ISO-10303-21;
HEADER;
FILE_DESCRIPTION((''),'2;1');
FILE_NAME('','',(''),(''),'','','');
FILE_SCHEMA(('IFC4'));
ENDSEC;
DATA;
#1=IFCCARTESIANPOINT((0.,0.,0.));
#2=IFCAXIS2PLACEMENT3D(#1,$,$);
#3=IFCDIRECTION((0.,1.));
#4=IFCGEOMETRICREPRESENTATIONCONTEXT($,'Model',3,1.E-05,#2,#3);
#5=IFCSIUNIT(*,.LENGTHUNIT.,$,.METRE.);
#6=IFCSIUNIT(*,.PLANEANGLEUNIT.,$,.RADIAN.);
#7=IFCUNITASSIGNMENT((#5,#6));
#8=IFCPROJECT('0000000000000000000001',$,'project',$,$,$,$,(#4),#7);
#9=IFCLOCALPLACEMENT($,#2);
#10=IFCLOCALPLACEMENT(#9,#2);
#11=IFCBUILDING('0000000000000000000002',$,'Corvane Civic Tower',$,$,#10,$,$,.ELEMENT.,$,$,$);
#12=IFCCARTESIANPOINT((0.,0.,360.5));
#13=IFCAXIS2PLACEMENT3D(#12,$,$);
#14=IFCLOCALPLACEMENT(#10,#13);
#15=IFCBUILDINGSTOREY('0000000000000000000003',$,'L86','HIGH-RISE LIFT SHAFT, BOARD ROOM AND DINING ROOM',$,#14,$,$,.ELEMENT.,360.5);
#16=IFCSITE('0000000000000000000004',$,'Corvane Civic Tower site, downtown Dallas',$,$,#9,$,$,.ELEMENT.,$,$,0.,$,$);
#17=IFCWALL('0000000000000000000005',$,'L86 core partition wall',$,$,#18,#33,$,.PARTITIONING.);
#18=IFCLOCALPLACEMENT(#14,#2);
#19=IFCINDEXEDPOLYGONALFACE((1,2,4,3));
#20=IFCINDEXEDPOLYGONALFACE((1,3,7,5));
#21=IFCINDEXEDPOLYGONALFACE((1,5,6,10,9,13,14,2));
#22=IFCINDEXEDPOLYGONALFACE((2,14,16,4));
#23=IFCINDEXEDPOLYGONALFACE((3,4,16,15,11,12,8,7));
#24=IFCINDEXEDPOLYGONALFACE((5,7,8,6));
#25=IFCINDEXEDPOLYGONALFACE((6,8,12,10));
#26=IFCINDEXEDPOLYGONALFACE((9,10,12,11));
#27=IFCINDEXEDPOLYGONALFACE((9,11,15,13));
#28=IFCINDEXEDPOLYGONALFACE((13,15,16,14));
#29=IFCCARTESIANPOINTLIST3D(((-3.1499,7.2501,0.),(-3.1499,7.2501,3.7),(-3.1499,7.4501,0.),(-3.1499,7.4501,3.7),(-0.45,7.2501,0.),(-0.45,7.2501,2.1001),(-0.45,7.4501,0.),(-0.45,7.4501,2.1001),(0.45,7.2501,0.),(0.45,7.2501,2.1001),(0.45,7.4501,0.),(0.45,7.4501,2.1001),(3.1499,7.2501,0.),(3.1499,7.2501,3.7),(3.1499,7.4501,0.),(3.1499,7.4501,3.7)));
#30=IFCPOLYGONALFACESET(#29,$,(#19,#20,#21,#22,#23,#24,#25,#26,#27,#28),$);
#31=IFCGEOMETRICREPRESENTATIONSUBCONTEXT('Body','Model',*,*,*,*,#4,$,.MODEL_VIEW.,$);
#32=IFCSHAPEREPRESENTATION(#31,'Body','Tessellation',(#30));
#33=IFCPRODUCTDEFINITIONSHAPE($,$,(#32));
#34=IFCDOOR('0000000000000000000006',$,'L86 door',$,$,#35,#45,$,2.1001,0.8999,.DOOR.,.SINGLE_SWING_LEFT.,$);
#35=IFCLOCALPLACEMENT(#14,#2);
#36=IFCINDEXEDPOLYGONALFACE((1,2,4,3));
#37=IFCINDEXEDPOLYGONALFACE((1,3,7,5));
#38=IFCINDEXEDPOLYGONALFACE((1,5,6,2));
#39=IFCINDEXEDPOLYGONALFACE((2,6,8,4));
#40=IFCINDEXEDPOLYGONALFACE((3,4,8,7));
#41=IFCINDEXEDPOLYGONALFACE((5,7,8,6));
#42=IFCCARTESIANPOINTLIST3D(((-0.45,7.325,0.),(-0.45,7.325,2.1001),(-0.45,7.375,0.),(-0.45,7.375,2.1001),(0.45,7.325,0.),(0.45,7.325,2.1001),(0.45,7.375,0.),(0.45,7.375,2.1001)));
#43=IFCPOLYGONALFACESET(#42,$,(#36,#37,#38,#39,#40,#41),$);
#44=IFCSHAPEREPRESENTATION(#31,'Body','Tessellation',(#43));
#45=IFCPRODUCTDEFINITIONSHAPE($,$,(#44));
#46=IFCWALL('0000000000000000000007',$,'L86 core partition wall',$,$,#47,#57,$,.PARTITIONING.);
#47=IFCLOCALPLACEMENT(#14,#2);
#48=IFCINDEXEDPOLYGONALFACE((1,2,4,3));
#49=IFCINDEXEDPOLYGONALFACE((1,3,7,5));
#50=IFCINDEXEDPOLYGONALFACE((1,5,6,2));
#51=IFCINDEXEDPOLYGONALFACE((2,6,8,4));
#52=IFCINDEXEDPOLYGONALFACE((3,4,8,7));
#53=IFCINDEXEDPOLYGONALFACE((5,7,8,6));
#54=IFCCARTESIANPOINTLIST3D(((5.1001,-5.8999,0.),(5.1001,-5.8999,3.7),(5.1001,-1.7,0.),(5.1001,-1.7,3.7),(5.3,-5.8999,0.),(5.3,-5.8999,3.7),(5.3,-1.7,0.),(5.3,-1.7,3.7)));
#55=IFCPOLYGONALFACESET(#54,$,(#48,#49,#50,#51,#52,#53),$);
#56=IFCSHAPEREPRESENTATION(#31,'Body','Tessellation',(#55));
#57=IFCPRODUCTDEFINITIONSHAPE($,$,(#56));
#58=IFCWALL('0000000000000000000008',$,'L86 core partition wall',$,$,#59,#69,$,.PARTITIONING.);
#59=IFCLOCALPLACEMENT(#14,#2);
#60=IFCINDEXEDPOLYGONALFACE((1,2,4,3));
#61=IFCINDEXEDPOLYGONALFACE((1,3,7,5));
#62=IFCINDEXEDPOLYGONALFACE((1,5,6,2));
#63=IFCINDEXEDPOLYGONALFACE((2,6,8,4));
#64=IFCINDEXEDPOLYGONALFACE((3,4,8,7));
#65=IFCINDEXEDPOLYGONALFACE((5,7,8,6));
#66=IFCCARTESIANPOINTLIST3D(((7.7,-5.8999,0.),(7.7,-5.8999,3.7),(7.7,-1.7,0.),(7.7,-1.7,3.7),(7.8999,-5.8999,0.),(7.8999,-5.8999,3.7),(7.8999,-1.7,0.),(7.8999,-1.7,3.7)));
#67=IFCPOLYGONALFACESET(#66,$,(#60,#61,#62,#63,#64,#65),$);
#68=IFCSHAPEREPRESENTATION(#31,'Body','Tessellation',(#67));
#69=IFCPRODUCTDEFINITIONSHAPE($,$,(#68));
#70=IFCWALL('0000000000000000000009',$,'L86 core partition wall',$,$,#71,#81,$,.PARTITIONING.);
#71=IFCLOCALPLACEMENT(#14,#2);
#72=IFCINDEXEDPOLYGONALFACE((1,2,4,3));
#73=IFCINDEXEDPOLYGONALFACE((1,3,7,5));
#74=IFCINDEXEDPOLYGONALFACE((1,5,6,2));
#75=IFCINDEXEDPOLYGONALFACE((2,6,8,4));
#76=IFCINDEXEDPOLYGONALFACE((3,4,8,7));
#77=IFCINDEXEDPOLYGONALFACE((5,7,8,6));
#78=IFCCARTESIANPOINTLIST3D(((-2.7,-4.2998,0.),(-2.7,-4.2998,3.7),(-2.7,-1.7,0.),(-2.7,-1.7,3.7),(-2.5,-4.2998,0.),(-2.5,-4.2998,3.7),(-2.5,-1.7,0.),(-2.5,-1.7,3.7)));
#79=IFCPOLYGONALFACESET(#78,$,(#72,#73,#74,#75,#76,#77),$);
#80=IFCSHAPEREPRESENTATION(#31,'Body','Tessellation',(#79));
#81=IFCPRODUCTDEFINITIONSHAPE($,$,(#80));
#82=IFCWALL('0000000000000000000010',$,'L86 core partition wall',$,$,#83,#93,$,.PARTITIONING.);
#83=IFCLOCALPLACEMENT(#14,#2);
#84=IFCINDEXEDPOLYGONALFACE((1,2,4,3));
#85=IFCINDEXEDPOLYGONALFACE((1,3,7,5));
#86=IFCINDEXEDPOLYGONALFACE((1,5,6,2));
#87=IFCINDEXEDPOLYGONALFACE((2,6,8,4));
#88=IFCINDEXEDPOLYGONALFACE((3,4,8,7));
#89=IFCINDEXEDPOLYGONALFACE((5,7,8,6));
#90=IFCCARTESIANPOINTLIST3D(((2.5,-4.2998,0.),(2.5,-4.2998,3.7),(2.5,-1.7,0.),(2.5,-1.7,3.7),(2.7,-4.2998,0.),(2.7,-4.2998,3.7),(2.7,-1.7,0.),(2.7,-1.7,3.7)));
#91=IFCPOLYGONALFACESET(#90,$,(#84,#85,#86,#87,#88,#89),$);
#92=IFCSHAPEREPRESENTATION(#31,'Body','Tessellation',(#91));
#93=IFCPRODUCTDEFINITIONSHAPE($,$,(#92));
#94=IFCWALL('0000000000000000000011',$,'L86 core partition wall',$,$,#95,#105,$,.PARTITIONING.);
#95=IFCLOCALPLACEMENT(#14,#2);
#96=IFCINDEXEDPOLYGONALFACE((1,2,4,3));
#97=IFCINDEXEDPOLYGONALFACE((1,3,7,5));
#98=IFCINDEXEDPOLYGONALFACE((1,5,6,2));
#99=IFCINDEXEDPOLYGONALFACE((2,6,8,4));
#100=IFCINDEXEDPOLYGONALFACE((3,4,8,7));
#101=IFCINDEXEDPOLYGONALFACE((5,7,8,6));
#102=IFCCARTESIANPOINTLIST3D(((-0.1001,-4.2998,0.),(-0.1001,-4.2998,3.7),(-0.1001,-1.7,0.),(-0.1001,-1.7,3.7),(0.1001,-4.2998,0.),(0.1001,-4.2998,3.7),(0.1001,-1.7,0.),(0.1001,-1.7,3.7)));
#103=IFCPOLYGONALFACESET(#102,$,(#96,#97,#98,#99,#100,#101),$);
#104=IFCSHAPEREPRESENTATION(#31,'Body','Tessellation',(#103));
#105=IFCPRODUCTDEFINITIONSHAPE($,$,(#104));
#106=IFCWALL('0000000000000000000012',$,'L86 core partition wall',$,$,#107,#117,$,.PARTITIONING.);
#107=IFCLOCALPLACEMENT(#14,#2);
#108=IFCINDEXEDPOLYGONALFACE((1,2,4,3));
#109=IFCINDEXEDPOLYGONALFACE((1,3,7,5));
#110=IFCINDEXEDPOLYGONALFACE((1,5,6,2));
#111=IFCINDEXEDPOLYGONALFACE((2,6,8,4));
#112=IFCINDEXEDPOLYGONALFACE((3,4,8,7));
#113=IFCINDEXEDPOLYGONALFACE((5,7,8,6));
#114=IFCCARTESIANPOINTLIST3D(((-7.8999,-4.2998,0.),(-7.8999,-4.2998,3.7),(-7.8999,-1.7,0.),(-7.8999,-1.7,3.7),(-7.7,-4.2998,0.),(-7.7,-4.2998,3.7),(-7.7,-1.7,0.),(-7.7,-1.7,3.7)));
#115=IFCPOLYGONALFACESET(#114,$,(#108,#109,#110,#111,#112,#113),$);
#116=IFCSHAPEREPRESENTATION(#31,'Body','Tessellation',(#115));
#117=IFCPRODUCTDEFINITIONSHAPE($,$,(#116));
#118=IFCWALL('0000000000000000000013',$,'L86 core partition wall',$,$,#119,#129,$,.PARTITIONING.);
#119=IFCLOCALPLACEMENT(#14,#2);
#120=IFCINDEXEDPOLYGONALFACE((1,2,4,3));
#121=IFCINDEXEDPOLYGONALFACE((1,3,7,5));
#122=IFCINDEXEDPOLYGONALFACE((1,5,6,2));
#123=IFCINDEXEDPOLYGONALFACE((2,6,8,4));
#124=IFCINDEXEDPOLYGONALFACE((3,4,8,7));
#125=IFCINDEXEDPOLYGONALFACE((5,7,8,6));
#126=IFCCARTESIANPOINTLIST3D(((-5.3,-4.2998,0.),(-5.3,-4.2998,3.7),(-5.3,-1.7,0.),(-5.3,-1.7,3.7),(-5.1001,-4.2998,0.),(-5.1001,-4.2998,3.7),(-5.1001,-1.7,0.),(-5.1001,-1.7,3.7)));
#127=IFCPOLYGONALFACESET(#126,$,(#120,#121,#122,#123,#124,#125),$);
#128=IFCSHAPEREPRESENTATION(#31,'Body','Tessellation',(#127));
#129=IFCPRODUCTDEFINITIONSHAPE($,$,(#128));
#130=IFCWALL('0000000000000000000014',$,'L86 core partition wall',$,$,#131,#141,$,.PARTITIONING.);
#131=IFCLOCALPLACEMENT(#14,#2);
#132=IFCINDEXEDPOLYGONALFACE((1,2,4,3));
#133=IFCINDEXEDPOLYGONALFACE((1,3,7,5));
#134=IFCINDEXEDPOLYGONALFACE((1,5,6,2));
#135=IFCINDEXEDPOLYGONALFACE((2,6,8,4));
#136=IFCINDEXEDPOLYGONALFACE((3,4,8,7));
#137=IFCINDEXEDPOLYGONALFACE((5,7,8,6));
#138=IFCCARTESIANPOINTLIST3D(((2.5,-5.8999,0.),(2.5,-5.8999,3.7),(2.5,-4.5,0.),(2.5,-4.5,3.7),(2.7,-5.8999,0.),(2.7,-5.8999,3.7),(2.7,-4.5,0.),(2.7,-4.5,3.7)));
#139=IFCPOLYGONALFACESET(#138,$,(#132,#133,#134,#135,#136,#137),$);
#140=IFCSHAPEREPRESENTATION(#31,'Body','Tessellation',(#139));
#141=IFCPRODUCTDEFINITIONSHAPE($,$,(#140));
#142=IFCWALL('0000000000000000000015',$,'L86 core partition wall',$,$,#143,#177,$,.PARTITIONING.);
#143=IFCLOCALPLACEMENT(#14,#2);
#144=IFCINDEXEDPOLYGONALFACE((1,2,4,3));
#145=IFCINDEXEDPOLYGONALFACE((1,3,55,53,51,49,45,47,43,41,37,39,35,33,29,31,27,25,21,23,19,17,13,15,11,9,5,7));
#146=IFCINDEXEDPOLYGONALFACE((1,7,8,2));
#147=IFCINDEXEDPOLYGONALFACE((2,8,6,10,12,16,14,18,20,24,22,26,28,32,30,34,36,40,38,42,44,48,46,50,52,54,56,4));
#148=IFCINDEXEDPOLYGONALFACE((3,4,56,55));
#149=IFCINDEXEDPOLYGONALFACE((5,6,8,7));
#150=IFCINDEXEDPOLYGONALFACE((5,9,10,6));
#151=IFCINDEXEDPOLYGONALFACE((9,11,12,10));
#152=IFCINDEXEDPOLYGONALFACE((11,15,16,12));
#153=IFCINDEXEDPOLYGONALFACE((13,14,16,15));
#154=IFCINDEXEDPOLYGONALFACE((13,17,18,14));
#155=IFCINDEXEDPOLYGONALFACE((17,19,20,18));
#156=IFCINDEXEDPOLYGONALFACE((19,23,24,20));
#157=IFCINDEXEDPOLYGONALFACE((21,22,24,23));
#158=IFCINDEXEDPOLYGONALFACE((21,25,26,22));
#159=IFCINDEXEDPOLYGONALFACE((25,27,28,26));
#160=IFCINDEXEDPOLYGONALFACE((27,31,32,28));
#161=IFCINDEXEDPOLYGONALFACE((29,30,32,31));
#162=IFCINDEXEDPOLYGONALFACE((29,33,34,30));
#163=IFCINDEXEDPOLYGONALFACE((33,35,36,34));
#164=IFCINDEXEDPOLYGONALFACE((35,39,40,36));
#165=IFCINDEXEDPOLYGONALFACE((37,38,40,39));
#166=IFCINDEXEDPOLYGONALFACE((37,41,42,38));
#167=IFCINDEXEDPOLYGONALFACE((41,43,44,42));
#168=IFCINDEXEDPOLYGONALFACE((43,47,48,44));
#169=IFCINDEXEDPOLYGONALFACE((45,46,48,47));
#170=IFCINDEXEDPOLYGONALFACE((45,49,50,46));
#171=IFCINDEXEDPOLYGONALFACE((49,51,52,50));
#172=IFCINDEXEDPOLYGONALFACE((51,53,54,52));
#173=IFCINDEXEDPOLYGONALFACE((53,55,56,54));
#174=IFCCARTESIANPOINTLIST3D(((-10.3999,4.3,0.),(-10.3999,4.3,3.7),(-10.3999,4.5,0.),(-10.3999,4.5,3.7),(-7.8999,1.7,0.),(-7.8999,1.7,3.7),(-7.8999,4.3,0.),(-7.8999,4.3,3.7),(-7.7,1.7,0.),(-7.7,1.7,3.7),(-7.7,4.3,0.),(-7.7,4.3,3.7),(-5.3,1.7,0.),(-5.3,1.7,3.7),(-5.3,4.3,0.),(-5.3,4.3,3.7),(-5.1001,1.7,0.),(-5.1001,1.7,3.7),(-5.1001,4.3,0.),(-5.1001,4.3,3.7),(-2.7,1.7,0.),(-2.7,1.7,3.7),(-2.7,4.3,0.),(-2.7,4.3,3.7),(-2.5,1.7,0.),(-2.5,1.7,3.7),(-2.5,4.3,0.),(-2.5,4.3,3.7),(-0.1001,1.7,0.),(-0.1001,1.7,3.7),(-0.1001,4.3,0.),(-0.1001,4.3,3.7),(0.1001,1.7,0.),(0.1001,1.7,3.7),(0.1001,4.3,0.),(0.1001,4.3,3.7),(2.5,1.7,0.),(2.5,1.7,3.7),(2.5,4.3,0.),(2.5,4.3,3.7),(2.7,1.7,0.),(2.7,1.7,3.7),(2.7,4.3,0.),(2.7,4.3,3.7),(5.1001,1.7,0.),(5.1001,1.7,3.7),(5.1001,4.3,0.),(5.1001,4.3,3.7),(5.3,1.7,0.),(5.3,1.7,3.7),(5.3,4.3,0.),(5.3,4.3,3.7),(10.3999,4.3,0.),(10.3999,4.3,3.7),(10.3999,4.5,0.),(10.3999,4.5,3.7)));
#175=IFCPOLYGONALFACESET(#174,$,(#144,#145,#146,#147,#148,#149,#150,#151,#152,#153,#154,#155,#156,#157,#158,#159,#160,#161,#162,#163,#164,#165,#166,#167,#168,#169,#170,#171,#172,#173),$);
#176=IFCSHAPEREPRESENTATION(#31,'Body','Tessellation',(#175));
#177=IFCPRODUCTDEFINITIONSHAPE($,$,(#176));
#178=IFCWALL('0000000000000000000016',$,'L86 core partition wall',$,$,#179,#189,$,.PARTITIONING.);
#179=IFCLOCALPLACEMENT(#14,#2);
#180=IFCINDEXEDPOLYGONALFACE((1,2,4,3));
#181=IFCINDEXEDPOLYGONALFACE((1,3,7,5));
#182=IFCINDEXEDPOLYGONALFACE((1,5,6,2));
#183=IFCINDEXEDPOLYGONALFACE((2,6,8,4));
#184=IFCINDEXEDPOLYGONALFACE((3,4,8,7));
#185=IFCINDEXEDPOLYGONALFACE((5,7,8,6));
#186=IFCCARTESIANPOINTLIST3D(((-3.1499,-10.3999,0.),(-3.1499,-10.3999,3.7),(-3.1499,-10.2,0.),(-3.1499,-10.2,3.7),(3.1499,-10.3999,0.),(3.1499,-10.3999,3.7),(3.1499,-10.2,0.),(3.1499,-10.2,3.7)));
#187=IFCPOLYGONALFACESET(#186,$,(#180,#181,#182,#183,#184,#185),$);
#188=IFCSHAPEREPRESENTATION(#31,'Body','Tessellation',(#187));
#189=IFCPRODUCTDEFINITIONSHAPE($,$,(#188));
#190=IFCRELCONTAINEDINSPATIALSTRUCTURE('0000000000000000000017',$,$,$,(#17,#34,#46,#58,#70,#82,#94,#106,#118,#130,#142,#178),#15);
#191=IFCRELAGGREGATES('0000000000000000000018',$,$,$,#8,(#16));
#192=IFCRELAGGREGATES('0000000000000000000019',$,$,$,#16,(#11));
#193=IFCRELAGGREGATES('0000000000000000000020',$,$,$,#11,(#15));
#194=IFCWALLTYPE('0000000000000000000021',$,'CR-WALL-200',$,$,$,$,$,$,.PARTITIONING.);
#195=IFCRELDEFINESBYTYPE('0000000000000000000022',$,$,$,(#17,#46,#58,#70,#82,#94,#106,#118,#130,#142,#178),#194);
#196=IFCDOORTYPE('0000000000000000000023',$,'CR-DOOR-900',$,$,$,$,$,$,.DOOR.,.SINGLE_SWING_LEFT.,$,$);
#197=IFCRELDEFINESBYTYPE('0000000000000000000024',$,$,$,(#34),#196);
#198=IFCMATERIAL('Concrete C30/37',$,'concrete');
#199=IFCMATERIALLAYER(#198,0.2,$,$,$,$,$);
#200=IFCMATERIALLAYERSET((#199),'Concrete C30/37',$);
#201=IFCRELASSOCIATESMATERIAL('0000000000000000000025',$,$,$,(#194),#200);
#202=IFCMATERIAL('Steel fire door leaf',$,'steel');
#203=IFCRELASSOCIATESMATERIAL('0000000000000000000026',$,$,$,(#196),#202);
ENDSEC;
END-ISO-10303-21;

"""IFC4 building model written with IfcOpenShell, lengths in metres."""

from ifc_helpers import new_model, si_unit, direction, frame, frame_2d, origin, place, context, subcontext, project, spatial, polyline, rectangle, outline, extrude, material, layer, layer_set, type_object, element, fill, save


model = new_model("IFC4")

# Units and contexts
model_context = context("Model", 3, precision=1e-05, world=origin(), true_north=direction((0.0, 1.0)))
body_context = subcontext(model_context, "Body", "Model", "MODEL_VIEW")
ifc_project = project(units=[si_unit("LENGTHUNIT", "METRE"), si_unit("PLANEANGLEUNIT", "RADIAN")], contexts=[model_context])

# Site, building, storey
site_placement = place(None, origin())
site = spatial("IfcSite", under=ifc_project, at=site_placement, Name="Corvane Civic Tower site, downtown Dallas", CompositionType="ELEMENT", RefElevation=0.0)
building_placement = place(site_placement, origin())
building = spatial("IfcBuilding", under=site, at=building_placement, Name="Corvane Civic Tower", CompositionType="ELEMENT")
storey_placement = place(building_placement, frame((0.0, 0.0, 360.5)))
storey = spatial("IfcBuildingStorey", under=building, at=storey_placement, Name="L86", Description="HIGH-RISE LIFT SHAFT, BOARD ROOM AND DINING ROOM", CompositionType="ELEMENT", Elevation=360.5)

# Shared definitions
ifc_material_1 = material(Name="Concrete C30/37", Category="concrete")
ifc_layer_1 = layer(ifc_material_1, 0.2)
ifc_layer_set_1 = layer_set([ifc_layer_1], Name="Concrete C30/37")
wall_type_1 = type_object("IfcWallType", Name="CR-WALL-200", PredefinedType="PARTITIONING", material=ifc_layer_set_1)
ifc_material_2 = material(Name="Steel fire door leaf", Category="steel")
door_type_1 = type_object("IfcDoorType", Name="CR-DOOR-900", OperationType="SINGLE_SWING_LEFT", PredefinedType="DOOR", material=ifc_material_2)

# Wall, opening, door
wall_1_placement = place(storey_placement, frame((-3.1499, 7.3501, 0.0), z_axis=(0.0, 0.0, 1.0), x_axis=(1.0, 0.0, 0.0)))
wall_1 = element("IfcWall", 1, at=wall_1_placement, inside=storey, type_object=wall_type_1, Name="L86 core partition wall", PredefinedType="PARTITIONING", context=body_context, shape_type="SweptSolid", body=[
    extrude(rectangle(XDim=6.2998, YDim=0.2, at=frame_2d((3.1499, 0.0))), origin(), (0.0, 0.0, 1.0), 3.7),
])
opening_1_placement = place(wall_1_placement, frame((2.7, 0.0, 0.0)))
opening_1 = element("IfcOpeningElement", 2, at=opening_1_placement, cuts=wall_1, PredefinedType="OPENING", context=body_context, shape_type="SweptSolid", body=[
    extrude(rectangle(XDim=0.8999, YDim=2.1001, at=frame_2d((0.45, 1.05))), frame((0.0, 0.1099, 0.0), z_axis=(0.0, -1.0, 0.0), x_axis=(1.0, 0.0, 0.0)), (0.0, 0.0, 1.0), 0.22),
])
door_1_placement = place(opening_1_placement, origin())
door_1 = element("IfcDoor", 3, at=door_1_placement, inside=storey, type_object=door_type_1, Name="L86 door", OperationType="SINGLE_SWING_LEFT", OverallHeight=2.1001, OverallWidth=0.8999, PredefinedType="DOOR", context=body_context, shape_type="SweptSolid", body=[
    extrude(rectangle(XDim=0.8999, YDim=2.1001, at=frame_2d((0.45, 1.05))), frame((0.0, 0.0249, 0.0), z_axis=(0.0, -1.0, 0.0), x_axis=(1.0, 0.0, 0.0)), (0.0, 0.0, 1.0), 0.05),
])
fill(opening_1, door_1)

# Walls
wall_2_placement = place(storey_placement, origin())
element("IfcWall", 4, at=wall_2_placement, inside=storey, type_object=wall_type_1, Name="L86 core partition wall", PredefinedType="PARTITIONING", context=body_context, shape_type="SweptSolid", body=[
    extrude(outline(polyline([(5.3, -1.7), (5.3, -5.8999), (5.1001, -5.8999), (5.1001, -1.7), (5.3, -1.7)])), origin(), (0.0, 0.0, 1.0), 3.7),
])
wall_3_placement = place(storey_placement, origin())
element("IfcWall", 5, at=wall_3_placement, inside=storey, type_object=wall_type_1, Name="L86 core partition wall", PredefinedType="PARTITIONING", context=body_context, shape_type="SweptSolid", body=[
    extrude(outline(polyline([(7.8999, -1.7), (7.8999, -5.8999), (7.7, -5.8999), (7.7, -1.7), (7.8999, -1.7)])), origin(), (0.0, 0.0, 1.0), 3.7),
])
wall_4_placement = place(storey_placement, origin())
element("IfcWall", 6, at=wall_4_placement, inside=storey, type_object=wall_type_1, Name="L86 core partition wall", PredefinedType="PARTITIONING", context=body_context, shape_type="SweptSolid", body=[
    extrude(outline(polyline([(-2.5, -1.7), (-2.5, -4.2998), (-2.7, -4.2998), (-2.7, -1.7), (-2.5, -1.7)])), origin(), (0.0, 0.0, 1.0), 3.7),
])
wall_5_placement = place(storey_placement, origin())
element("IfcWall", 7, at=wall_5_placement, inside=storey, type_object=wall_type_1, Name="L86 core partition wall", PredefinedType="PARTITIONING", context=body_context, shape_type="SweptSolid", body=[
    extrude(outline(polyline([(2.7, -1.7), (2.7, -4.2998), (2.5, -4.2998), (2.5, -1.7), (2.7, -1.7)])), origin(), (0.0, 0.0, 1.0), 3.7),
])
wall_6_placement = place(storey_placement, origin())
element("IfcWall", 8, at=wall_6_placement, inside=storey, type_object=wall_type_1, Name="L86 core partition wall", PredefinedType="PARTITIONING", context=body_context, shape_type="SweptSolid", body=[
    extrude(outline(polyline([(0.1001, -1.7), (0.1001, -4.2998), (-0.1001, -4.2998), (-0.1001, -1.7), (0.1001, -1.7)])), origin(), (0.0, 0.0, 1.0), 3.7),
])
wall_7_placement = place(storey_placement, origin())
element("IfcWall", 9, at=wall_7_placement, inside=storey, type_object=wall_type_1, Name="L86 core partition wall", PredefinedType="PARTITIONING", context=body_context, shape_type="SweptSolid", body=[
    extrude(outline(polyline([(-7.7, -1.7), (-7.7, -4.2998), (-7.8999, -4.2998), (-7.8999, -1.7), (-7.7, -1.7)])), origin(), (0.0, 0.0, 1.0), 3.7),
])
wall_8_placement = place(storey_placement, origin())
element("IfcWall", 10, at=wall_8_placement, inside=storey, type_object=wall_type_1, Name="L86 core partition wall", PredefinedType="PARTITIONING", context=body_context, shape_type="SweptSolid", body=[
    extrude(outline(polyline([(-5.1001, -1.7), (-5.1001, -4.2998), (-5.3, -4.2998), (-5.3, -1.7), (-5.1001, -1.7)])), origin(), (0.0, 0.0, 1.0), 3.7),
])
wall_9_placement = place(storey_placement, origin())
element("IfcWall", 11, at=wall_9_placement, inside=storey, type_object=wall_type_1, Name="L86 core partition wall", PredefinedType="PARTITIONING", context=body_context, shape_type="SweptSolid", body=[
    extrude(outline(polyline([(2.7, -5.8999), (2.5, -5.8999), (2.5, -4.5), (2.7, -4.5), (2.7, -5.8999)])), origin(), (0.0, 0.0, 1.0), 3.7),
])
wall_10_placement = place(storey_placement, origin())
element("IfcWall", 12, at=wall_10_placement, inside=storey, type_object=wall_type_1, Name="L86 core partition wall", PredefinedType="PARTITIONING", context=body_context, shape_type="SweptSolid", body=[
    extrude(outline(polyline([(-7.7, 1.7), (-7.8999, 1.7), (-7.8999, 4.3), (-10.3999, 4.3), (-10.3999, 4.5), (10.3999, 4.5), (10.3999, 4.3), (5.3, 4.3), (5.3, 1.7), (5.1001, 1.7), (5.1001, 4.3), (2.7, 4.3), (2.7, 1.7), (2.5, 1.7), (2.5, 4.3), (0.1001, 4.3), (0.1001, 1.7), (-0.1001, 1.7), (-0.1001, 4.3), (-2.5, 4.3), (-2.5, 1.7), (-2.7, 1.7), (-2.7, 4.3), (-5.1001, 4.3), (-5.1001, 1.7), (-5.3, 1.7), (-5.3, 4.3), (-7.7, 4.3), (-7.7, 1.7)])), origin(), (0.0, 0.0, 1.0), 3.7),
])
wall_11_placement = place(storey_placement, origin())
element("IfcWall", 13, at=wall_11_placement, inside=storey, type_object=wall_type_1, Name="L86 core partition wall", PredefinedType="PARTITIONING", context=body_context, shape_type="SweptSolid", body=[
    extrude(outline(polyline([(3.1499, -10.2), (3.1499, -10.3999), (-3.1499, -10.3999), (-3.1499, -10.2), (3.1499, -10.2)])), origin(), (0.0, 0.0, 1.0), 3.7),
])

save(model, "model.ifc")
